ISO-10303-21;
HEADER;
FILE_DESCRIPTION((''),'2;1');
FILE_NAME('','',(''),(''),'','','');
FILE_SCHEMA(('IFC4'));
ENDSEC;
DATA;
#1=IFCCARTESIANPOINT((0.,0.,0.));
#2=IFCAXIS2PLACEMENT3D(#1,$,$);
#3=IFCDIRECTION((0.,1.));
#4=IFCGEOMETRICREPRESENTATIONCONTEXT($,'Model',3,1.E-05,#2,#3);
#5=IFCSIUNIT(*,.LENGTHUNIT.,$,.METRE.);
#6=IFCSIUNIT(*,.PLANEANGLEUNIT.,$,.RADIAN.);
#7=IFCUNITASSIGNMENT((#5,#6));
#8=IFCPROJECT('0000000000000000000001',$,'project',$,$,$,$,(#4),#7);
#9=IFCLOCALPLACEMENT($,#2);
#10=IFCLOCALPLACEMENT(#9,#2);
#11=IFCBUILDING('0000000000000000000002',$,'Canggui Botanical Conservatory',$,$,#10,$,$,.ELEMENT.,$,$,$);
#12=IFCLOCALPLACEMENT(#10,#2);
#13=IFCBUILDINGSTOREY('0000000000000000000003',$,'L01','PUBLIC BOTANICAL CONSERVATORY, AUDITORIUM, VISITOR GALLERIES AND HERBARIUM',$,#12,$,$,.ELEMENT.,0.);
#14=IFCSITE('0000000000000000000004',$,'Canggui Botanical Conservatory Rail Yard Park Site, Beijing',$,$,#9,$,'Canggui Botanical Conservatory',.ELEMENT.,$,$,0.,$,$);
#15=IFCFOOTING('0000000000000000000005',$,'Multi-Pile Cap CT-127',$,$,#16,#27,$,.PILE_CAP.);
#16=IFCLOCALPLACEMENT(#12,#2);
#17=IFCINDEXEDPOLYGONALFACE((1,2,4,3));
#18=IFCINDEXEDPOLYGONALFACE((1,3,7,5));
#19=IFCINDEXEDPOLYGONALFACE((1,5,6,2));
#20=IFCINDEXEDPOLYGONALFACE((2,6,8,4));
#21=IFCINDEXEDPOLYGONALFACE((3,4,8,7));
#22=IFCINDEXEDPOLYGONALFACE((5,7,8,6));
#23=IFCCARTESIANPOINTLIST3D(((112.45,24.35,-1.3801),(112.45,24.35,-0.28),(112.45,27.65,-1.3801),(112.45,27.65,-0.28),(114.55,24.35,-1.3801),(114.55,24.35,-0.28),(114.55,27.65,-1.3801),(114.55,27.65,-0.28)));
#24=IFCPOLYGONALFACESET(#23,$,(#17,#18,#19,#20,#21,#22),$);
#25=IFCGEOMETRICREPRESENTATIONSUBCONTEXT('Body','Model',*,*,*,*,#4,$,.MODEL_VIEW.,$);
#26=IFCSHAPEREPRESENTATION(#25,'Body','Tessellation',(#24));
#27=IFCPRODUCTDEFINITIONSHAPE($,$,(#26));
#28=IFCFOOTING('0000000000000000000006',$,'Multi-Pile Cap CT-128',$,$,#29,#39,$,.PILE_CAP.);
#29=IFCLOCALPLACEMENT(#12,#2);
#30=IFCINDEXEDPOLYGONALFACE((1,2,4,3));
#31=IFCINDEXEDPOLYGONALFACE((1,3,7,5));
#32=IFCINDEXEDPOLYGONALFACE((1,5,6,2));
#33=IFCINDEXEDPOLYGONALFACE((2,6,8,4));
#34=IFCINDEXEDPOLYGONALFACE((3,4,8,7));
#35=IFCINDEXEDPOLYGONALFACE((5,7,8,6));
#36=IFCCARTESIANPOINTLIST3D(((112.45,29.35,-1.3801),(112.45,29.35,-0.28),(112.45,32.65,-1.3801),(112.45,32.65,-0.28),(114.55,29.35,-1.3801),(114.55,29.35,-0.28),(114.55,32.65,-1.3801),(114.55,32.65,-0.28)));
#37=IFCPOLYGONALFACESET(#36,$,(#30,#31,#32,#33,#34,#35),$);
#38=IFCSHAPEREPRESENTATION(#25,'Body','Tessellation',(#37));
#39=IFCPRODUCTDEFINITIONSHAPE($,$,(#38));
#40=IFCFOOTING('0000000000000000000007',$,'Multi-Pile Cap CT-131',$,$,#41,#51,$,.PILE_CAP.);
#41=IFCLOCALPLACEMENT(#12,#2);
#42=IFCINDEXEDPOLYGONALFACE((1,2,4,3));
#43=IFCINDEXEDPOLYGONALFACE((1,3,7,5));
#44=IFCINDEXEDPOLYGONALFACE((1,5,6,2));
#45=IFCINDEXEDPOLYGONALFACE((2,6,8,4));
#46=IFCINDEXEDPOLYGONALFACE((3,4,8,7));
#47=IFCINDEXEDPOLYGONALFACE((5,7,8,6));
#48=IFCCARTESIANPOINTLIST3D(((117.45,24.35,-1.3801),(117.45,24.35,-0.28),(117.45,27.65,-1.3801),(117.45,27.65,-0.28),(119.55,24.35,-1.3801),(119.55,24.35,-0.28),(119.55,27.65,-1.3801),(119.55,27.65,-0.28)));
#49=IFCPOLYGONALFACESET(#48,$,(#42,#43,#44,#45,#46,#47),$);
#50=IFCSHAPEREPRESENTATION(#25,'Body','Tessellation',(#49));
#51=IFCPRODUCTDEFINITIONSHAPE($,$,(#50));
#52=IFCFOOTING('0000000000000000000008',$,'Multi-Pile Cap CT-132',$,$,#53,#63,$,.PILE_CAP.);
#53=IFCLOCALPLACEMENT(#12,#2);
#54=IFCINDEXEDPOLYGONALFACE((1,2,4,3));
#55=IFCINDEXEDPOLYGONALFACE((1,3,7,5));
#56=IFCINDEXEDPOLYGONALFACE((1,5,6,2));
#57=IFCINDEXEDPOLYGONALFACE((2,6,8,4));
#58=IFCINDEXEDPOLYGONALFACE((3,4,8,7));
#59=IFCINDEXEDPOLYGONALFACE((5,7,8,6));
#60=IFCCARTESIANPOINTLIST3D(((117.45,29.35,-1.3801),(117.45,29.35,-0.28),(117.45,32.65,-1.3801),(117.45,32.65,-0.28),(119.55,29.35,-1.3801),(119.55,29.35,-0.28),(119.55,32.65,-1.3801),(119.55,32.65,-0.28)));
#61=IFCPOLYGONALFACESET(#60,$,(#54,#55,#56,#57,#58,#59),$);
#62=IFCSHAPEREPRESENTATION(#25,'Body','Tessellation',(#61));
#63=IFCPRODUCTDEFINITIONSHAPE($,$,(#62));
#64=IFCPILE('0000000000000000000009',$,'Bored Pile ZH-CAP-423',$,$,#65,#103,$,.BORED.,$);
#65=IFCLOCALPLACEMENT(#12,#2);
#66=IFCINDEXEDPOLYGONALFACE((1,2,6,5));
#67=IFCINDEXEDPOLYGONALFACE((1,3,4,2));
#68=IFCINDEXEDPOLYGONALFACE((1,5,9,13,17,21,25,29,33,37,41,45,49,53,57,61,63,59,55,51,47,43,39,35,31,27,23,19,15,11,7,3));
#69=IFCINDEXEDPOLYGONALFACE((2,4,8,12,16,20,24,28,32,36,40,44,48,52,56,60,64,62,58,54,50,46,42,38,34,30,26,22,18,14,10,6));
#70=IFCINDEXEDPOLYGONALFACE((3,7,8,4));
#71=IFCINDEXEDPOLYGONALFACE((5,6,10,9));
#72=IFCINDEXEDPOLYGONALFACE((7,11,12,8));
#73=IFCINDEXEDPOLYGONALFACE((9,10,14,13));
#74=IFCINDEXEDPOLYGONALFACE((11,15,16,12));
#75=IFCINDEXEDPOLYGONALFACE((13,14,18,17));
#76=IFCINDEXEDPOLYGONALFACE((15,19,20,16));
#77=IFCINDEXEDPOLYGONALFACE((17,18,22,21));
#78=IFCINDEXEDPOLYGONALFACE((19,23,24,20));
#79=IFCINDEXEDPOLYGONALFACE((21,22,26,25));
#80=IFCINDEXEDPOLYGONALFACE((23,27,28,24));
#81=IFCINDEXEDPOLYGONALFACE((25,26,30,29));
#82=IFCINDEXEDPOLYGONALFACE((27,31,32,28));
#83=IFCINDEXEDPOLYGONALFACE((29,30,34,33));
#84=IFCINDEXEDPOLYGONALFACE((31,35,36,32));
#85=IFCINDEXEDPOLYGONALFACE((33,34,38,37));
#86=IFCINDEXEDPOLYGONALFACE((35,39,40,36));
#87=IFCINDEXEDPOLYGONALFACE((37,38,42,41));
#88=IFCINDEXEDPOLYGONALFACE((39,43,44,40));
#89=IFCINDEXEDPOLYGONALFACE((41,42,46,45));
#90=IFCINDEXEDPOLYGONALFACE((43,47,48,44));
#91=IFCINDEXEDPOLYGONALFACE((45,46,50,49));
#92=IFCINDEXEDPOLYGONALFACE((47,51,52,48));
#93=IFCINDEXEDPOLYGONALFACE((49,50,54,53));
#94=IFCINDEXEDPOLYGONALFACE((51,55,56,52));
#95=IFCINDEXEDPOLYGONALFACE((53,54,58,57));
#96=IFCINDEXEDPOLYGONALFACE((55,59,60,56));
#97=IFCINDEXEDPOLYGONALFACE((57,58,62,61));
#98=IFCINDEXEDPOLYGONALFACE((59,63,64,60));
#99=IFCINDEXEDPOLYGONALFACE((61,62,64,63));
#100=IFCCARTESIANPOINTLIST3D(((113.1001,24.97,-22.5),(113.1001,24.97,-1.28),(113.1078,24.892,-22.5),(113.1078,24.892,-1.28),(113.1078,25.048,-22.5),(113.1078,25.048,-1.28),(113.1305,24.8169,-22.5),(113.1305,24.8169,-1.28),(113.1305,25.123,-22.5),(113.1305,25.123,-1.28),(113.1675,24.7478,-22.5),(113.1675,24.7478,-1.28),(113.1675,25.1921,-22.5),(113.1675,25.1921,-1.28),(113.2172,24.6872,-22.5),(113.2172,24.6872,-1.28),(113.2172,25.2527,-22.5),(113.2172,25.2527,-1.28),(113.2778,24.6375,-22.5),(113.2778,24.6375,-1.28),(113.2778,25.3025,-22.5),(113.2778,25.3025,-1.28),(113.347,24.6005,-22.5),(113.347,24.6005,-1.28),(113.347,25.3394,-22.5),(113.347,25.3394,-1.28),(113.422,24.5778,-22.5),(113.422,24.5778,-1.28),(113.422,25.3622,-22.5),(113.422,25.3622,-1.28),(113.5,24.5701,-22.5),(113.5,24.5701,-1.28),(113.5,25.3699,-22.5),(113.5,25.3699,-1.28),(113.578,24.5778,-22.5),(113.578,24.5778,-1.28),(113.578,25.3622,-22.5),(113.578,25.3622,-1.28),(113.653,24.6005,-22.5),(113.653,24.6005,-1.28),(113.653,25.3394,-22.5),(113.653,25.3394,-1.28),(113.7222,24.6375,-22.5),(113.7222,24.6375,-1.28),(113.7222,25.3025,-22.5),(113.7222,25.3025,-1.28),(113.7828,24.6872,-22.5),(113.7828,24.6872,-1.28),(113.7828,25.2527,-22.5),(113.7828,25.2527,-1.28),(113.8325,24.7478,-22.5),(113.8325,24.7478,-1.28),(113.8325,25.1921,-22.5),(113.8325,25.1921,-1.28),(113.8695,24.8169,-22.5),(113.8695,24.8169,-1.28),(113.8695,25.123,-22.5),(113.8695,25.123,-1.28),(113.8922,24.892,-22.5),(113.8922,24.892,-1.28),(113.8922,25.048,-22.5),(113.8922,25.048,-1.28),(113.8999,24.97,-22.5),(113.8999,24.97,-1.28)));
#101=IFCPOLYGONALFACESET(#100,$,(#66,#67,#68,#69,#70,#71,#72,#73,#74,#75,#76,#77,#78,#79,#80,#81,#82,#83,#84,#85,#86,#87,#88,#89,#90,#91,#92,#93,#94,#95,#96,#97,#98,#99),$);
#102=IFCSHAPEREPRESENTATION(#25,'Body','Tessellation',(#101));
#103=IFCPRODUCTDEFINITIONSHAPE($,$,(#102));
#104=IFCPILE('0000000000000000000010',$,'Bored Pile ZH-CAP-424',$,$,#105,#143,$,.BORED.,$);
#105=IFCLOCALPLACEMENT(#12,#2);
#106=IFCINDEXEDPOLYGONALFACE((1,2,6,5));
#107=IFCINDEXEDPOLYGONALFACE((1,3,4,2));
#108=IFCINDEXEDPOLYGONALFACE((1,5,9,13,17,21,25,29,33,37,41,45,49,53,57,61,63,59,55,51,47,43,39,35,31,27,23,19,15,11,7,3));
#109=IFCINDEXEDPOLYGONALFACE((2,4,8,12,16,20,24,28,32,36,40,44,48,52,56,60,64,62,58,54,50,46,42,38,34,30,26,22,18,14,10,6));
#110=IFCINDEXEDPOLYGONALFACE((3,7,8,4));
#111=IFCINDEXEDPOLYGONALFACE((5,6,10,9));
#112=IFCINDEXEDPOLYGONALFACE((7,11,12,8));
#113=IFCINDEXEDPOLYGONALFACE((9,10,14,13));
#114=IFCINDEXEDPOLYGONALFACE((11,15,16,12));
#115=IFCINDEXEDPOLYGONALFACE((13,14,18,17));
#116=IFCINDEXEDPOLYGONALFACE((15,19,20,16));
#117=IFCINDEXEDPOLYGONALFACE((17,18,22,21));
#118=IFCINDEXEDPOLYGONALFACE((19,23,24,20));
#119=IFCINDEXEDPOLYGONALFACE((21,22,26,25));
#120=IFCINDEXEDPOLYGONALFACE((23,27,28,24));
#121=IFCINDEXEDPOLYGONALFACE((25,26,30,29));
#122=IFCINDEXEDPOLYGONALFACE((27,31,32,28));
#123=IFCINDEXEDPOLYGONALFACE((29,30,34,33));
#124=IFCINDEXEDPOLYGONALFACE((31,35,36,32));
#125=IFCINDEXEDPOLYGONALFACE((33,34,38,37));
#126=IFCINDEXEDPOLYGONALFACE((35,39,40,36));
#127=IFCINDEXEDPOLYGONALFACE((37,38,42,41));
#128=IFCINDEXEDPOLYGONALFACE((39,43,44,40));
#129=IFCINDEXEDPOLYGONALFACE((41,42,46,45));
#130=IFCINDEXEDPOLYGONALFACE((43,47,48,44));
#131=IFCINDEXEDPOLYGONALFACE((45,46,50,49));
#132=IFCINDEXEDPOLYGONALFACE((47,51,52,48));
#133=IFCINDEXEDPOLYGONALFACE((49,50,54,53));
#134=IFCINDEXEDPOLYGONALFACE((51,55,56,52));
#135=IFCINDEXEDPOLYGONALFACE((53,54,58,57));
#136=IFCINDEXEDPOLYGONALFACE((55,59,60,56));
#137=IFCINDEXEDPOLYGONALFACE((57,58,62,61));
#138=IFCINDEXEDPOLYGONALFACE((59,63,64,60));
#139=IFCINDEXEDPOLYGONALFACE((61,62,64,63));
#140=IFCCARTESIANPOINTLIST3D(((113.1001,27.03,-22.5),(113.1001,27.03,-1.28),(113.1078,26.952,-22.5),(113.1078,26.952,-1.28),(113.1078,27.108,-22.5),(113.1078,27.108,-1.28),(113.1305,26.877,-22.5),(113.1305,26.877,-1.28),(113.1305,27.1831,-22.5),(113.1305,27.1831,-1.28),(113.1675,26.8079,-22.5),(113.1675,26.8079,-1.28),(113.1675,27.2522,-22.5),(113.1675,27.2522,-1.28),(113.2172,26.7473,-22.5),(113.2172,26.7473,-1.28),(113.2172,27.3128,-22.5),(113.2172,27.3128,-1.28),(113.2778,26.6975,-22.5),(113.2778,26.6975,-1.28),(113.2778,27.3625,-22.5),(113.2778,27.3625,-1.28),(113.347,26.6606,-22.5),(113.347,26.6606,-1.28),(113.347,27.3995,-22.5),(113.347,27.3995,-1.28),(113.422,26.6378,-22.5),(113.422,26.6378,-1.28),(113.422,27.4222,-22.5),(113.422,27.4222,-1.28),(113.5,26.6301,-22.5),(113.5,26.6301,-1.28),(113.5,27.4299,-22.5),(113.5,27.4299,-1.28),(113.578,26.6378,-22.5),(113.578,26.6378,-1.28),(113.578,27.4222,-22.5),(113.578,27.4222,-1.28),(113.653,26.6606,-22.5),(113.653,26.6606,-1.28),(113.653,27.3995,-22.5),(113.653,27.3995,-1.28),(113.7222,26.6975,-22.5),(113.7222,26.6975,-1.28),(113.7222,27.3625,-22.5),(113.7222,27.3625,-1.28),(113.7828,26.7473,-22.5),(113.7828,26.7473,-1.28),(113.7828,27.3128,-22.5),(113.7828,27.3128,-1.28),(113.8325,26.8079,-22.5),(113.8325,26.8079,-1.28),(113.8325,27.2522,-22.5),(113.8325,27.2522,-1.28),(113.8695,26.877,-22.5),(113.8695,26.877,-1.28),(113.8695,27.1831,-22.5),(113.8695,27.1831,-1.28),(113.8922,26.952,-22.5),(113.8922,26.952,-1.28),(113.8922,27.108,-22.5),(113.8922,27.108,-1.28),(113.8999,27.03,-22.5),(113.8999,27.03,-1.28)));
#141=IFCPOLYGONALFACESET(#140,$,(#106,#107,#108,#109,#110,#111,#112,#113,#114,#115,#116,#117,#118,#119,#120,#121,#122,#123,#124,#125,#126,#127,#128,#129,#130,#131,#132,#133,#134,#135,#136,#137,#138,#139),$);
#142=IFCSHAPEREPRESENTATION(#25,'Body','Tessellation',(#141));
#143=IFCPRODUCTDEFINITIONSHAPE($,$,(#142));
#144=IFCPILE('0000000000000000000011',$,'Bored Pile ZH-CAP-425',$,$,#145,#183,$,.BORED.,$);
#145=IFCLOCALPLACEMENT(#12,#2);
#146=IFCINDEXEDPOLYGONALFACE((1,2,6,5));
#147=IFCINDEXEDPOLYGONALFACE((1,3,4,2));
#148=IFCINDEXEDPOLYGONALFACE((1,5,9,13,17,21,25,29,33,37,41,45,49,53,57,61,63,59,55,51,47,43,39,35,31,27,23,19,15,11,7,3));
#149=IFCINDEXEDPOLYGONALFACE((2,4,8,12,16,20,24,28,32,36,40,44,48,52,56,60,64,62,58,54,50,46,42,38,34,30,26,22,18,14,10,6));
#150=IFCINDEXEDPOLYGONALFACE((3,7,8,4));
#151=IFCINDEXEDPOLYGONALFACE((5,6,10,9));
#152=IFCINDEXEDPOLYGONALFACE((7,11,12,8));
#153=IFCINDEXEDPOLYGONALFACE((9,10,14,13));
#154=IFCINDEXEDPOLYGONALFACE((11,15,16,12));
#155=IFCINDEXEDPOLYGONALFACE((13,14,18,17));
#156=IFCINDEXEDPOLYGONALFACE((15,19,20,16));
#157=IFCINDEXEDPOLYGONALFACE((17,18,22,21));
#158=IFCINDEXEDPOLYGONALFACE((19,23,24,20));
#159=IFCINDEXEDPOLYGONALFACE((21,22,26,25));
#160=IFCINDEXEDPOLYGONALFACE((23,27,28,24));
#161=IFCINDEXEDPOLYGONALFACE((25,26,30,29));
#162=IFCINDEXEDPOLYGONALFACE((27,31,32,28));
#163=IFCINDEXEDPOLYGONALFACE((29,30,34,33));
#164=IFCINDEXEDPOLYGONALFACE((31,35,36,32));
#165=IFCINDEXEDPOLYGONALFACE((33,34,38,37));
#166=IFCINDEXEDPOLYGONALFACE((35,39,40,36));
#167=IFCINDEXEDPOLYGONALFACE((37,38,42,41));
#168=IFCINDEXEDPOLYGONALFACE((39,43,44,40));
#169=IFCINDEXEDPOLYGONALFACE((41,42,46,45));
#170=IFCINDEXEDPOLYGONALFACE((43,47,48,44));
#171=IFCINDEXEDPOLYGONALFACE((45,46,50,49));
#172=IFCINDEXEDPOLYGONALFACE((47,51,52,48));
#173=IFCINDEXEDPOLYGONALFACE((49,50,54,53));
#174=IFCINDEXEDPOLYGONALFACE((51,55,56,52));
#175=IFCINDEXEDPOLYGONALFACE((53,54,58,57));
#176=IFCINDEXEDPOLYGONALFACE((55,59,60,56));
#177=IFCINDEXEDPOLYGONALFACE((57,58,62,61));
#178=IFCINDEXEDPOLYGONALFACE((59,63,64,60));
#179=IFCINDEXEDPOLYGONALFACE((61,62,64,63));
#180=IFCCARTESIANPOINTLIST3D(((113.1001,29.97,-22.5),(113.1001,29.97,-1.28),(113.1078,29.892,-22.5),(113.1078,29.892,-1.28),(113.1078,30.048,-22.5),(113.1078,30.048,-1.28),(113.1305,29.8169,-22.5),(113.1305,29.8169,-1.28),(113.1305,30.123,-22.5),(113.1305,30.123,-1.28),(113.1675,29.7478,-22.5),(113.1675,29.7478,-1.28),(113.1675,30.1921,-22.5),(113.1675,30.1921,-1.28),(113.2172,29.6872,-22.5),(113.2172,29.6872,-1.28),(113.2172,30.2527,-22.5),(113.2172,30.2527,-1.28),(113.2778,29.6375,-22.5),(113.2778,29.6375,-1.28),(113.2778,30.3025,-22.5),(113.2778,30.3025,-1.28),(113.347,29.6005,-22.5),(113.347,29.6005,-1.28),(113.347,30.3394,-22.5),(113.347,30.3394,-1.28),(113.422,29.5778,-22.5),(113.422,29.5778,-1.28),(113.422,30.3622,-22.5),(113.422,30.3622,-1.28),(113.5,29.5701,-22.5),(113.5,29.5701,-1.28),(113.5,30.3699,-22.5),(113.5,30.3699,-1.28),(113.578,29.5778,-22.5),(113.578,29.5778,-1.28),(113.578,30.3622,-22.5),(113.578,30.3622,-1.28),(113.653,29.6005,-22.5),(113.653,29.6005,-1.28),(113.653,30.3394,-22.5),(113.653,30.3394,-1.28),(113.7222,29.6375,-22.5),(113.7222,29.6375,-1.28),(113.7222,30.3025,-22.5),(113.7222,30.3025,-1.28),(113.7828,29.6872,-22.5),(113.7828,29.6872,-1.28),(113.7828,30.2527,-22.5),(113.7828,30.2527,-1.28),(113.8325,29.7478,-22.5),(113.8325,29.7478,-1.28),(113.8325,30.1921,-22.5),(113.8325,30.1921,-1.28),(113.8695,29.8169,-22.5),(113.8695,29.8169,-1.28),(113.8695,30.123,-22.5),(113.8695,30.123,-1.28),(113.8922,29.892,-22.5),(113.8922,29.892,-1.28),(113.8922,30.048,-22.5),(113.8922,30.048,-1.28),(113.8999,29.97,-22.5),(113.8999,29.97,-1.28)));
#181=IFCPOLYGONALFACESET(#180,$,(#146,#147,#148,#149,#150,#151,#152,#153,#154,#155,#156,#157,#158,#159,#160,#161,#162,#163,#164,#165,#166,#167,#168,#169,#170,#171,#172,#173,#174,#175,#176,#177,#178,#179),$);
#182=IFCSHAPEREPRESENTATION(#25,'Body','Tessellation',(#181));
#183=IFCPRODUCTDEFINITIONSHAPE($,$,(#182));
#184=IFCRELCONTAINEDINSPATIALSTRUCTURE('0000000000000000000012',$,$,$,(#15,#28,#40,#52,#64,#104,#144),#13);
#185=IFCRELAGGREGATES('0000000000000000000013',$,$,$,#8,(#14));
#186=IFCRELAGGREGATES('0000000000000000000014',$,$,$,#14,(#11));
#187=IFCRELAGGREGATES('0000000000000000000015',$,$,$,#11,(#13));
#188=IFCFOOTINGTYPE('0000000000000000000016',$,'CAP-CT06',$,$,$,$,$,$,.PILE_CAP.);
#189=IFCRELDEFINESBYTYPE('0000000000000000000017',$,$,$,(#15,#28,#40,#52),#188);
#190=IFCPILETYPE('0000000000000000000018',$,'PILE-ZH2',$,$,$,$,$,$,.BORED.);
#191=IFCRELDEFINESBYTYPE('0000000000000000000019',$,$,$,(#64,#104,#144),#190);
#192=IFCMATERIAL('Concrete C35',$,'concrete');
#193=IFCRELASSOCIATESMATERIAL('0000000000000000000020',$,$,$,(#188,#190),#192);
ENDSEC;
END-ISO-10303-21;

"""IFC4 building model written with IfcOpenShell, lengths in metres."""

from ifc_helpers import new_model, si_unit, direction, frame, origin, origin_2d, place, context, subcontext, project, spatial, rectangle, circle, extrude, material, material_profile, profile_set, type_object, element, save


model = new_model("IFC4")

# Units and contexts
model_context = context("Model", 3, precision=1e-05, world=origin(), true_north=direction((0.0, 1.0)))
body_context = subcontext(model_context, "Body", "Model", "MODEL_VIEW")
ifc_project = project(units=[si_unit("LENGTHUNIT", "METRE"), si_unit("PLANEANGLEUNIT", "RADIAN")], contexts=[model_context])

# Site, building, storey
site_placement = place(None, origin())
site = spatial("IfcSite", under=ifc_project, at=site_placement, Name="Canggui Botanical Conservatory Rail Yard Park Site, Beijing", LongName="Canggui Botanical Conservatory", CompositionType="ELEMENT", RefElevation=0.0)
building_placement = place(site_placement, origin())
building = spatial("IfcBuilding", under=site, at=building_placement, Name="Canggui Botanical Conservatory", CompositionType="ELEMENT")
storey_placement = place(building_placement, origin())
storey = spatial("IfcBuildingStorey", under=building, at=storey_placement, Name="L01", Description="PUBLIC BOTANICAL CONSERVATORY, AUDITORIUM, VISITOR GALLERIES AND HERBARIUM", CompositionType="ELEMENT", Elevation=0.0)

# Footings
ifc_material_1 = material(Name="Concrete C35", Category="concrete")
footing_type = type_object("IfcFootingType", Name="CAP-CT06", PredefinedType="PILE_CAP", material=ifc_material_1)
for number, where, z_axis, x_axis, name in (
    (1, (113.5, 26.0, -1.3801), (0.0, 0.0, 1.0), (0.0, 1.0, 0.0), "Multi-Pile Cap CT-127"),
    (2, (113.5, 31.0, -1.3801), (0.0, 0.0, 1.0), (0.0, 1.0, 0.0), "Multi-Pile Cap CT-128"),
    (3, (118.5, 26.0, -1.3801), (0.0, 0.0, 1.0), (0.0, 1.0, 0.0), "Multi-Pile Cap CT-131"),
    (4, (118.5, 31.0, -1.3801), (0.0, 0.0, 1.0), (0.0, 1.0, 0.0), "Multi-Pile Cap CT-132"),
):
    element("IfcFooting", number, at=place(storey_placement, frame(where, z_axis=z_axis, x_axis=x_axis)), inside=storey, type_object=footing_type, Name=name, PredefinedType="PILE_CAP", context=body_context, shape_type="SweptSolid", body=[
        extrude(rectangle(XDim=3.3, YDim=2.1001, at=origin_2d()), origin(), (0.0, 0.0, 1.0), 1.1001),
    ])

# Piles
ifc_material_profile_1 = material_profile(ifc_material_1, circle(Radius=0.3999, at=origin_2d()), Name="PILE D800")
ifc_profile_set_1 = profile_set([ifc_material_profile_1], Name="Concrete C35")
pile_type = type_object("IfcPileType", Name="PILE-ZH2", PredefinedType="BORED", material=ifc_profile_set_1)
for number, where, z_axis, x_axis, name in (
    (5, (113.5, 24.97, -1.28), (0.0, 0.0, -1.0), (1.0, 0.0, 0.0), "Bored Pile ZH-CAP-423"),
    (6, (113.5, 27.03, -1.28), (0.0, 0.0, -1.0), (1.0, 0.0, 0.0), "Bored Pile ZH-CAP-424"),
    (7, (113.5, 29.97, -1.28), (0.0, 0.0, -1.0), (1.0, 0.0, 0.0), "Bored Pile ZH-CAP-425"),
):
    element("IfcPile", number, at=place(storey_placement, frame(where, z_axis=z_axis, x_axis=x_axis)), inside=storey, type_object=pile_type, Name=name, PredefinedType="BORED", context=body_context, shape_type="SweptSolid", body=[
        extrude(circle(Radius=0.3999, at=origin_2d()), origin(), (0.0, 0.0, 1.0), 21.22),
    ])

save(model, "model.ifc")
